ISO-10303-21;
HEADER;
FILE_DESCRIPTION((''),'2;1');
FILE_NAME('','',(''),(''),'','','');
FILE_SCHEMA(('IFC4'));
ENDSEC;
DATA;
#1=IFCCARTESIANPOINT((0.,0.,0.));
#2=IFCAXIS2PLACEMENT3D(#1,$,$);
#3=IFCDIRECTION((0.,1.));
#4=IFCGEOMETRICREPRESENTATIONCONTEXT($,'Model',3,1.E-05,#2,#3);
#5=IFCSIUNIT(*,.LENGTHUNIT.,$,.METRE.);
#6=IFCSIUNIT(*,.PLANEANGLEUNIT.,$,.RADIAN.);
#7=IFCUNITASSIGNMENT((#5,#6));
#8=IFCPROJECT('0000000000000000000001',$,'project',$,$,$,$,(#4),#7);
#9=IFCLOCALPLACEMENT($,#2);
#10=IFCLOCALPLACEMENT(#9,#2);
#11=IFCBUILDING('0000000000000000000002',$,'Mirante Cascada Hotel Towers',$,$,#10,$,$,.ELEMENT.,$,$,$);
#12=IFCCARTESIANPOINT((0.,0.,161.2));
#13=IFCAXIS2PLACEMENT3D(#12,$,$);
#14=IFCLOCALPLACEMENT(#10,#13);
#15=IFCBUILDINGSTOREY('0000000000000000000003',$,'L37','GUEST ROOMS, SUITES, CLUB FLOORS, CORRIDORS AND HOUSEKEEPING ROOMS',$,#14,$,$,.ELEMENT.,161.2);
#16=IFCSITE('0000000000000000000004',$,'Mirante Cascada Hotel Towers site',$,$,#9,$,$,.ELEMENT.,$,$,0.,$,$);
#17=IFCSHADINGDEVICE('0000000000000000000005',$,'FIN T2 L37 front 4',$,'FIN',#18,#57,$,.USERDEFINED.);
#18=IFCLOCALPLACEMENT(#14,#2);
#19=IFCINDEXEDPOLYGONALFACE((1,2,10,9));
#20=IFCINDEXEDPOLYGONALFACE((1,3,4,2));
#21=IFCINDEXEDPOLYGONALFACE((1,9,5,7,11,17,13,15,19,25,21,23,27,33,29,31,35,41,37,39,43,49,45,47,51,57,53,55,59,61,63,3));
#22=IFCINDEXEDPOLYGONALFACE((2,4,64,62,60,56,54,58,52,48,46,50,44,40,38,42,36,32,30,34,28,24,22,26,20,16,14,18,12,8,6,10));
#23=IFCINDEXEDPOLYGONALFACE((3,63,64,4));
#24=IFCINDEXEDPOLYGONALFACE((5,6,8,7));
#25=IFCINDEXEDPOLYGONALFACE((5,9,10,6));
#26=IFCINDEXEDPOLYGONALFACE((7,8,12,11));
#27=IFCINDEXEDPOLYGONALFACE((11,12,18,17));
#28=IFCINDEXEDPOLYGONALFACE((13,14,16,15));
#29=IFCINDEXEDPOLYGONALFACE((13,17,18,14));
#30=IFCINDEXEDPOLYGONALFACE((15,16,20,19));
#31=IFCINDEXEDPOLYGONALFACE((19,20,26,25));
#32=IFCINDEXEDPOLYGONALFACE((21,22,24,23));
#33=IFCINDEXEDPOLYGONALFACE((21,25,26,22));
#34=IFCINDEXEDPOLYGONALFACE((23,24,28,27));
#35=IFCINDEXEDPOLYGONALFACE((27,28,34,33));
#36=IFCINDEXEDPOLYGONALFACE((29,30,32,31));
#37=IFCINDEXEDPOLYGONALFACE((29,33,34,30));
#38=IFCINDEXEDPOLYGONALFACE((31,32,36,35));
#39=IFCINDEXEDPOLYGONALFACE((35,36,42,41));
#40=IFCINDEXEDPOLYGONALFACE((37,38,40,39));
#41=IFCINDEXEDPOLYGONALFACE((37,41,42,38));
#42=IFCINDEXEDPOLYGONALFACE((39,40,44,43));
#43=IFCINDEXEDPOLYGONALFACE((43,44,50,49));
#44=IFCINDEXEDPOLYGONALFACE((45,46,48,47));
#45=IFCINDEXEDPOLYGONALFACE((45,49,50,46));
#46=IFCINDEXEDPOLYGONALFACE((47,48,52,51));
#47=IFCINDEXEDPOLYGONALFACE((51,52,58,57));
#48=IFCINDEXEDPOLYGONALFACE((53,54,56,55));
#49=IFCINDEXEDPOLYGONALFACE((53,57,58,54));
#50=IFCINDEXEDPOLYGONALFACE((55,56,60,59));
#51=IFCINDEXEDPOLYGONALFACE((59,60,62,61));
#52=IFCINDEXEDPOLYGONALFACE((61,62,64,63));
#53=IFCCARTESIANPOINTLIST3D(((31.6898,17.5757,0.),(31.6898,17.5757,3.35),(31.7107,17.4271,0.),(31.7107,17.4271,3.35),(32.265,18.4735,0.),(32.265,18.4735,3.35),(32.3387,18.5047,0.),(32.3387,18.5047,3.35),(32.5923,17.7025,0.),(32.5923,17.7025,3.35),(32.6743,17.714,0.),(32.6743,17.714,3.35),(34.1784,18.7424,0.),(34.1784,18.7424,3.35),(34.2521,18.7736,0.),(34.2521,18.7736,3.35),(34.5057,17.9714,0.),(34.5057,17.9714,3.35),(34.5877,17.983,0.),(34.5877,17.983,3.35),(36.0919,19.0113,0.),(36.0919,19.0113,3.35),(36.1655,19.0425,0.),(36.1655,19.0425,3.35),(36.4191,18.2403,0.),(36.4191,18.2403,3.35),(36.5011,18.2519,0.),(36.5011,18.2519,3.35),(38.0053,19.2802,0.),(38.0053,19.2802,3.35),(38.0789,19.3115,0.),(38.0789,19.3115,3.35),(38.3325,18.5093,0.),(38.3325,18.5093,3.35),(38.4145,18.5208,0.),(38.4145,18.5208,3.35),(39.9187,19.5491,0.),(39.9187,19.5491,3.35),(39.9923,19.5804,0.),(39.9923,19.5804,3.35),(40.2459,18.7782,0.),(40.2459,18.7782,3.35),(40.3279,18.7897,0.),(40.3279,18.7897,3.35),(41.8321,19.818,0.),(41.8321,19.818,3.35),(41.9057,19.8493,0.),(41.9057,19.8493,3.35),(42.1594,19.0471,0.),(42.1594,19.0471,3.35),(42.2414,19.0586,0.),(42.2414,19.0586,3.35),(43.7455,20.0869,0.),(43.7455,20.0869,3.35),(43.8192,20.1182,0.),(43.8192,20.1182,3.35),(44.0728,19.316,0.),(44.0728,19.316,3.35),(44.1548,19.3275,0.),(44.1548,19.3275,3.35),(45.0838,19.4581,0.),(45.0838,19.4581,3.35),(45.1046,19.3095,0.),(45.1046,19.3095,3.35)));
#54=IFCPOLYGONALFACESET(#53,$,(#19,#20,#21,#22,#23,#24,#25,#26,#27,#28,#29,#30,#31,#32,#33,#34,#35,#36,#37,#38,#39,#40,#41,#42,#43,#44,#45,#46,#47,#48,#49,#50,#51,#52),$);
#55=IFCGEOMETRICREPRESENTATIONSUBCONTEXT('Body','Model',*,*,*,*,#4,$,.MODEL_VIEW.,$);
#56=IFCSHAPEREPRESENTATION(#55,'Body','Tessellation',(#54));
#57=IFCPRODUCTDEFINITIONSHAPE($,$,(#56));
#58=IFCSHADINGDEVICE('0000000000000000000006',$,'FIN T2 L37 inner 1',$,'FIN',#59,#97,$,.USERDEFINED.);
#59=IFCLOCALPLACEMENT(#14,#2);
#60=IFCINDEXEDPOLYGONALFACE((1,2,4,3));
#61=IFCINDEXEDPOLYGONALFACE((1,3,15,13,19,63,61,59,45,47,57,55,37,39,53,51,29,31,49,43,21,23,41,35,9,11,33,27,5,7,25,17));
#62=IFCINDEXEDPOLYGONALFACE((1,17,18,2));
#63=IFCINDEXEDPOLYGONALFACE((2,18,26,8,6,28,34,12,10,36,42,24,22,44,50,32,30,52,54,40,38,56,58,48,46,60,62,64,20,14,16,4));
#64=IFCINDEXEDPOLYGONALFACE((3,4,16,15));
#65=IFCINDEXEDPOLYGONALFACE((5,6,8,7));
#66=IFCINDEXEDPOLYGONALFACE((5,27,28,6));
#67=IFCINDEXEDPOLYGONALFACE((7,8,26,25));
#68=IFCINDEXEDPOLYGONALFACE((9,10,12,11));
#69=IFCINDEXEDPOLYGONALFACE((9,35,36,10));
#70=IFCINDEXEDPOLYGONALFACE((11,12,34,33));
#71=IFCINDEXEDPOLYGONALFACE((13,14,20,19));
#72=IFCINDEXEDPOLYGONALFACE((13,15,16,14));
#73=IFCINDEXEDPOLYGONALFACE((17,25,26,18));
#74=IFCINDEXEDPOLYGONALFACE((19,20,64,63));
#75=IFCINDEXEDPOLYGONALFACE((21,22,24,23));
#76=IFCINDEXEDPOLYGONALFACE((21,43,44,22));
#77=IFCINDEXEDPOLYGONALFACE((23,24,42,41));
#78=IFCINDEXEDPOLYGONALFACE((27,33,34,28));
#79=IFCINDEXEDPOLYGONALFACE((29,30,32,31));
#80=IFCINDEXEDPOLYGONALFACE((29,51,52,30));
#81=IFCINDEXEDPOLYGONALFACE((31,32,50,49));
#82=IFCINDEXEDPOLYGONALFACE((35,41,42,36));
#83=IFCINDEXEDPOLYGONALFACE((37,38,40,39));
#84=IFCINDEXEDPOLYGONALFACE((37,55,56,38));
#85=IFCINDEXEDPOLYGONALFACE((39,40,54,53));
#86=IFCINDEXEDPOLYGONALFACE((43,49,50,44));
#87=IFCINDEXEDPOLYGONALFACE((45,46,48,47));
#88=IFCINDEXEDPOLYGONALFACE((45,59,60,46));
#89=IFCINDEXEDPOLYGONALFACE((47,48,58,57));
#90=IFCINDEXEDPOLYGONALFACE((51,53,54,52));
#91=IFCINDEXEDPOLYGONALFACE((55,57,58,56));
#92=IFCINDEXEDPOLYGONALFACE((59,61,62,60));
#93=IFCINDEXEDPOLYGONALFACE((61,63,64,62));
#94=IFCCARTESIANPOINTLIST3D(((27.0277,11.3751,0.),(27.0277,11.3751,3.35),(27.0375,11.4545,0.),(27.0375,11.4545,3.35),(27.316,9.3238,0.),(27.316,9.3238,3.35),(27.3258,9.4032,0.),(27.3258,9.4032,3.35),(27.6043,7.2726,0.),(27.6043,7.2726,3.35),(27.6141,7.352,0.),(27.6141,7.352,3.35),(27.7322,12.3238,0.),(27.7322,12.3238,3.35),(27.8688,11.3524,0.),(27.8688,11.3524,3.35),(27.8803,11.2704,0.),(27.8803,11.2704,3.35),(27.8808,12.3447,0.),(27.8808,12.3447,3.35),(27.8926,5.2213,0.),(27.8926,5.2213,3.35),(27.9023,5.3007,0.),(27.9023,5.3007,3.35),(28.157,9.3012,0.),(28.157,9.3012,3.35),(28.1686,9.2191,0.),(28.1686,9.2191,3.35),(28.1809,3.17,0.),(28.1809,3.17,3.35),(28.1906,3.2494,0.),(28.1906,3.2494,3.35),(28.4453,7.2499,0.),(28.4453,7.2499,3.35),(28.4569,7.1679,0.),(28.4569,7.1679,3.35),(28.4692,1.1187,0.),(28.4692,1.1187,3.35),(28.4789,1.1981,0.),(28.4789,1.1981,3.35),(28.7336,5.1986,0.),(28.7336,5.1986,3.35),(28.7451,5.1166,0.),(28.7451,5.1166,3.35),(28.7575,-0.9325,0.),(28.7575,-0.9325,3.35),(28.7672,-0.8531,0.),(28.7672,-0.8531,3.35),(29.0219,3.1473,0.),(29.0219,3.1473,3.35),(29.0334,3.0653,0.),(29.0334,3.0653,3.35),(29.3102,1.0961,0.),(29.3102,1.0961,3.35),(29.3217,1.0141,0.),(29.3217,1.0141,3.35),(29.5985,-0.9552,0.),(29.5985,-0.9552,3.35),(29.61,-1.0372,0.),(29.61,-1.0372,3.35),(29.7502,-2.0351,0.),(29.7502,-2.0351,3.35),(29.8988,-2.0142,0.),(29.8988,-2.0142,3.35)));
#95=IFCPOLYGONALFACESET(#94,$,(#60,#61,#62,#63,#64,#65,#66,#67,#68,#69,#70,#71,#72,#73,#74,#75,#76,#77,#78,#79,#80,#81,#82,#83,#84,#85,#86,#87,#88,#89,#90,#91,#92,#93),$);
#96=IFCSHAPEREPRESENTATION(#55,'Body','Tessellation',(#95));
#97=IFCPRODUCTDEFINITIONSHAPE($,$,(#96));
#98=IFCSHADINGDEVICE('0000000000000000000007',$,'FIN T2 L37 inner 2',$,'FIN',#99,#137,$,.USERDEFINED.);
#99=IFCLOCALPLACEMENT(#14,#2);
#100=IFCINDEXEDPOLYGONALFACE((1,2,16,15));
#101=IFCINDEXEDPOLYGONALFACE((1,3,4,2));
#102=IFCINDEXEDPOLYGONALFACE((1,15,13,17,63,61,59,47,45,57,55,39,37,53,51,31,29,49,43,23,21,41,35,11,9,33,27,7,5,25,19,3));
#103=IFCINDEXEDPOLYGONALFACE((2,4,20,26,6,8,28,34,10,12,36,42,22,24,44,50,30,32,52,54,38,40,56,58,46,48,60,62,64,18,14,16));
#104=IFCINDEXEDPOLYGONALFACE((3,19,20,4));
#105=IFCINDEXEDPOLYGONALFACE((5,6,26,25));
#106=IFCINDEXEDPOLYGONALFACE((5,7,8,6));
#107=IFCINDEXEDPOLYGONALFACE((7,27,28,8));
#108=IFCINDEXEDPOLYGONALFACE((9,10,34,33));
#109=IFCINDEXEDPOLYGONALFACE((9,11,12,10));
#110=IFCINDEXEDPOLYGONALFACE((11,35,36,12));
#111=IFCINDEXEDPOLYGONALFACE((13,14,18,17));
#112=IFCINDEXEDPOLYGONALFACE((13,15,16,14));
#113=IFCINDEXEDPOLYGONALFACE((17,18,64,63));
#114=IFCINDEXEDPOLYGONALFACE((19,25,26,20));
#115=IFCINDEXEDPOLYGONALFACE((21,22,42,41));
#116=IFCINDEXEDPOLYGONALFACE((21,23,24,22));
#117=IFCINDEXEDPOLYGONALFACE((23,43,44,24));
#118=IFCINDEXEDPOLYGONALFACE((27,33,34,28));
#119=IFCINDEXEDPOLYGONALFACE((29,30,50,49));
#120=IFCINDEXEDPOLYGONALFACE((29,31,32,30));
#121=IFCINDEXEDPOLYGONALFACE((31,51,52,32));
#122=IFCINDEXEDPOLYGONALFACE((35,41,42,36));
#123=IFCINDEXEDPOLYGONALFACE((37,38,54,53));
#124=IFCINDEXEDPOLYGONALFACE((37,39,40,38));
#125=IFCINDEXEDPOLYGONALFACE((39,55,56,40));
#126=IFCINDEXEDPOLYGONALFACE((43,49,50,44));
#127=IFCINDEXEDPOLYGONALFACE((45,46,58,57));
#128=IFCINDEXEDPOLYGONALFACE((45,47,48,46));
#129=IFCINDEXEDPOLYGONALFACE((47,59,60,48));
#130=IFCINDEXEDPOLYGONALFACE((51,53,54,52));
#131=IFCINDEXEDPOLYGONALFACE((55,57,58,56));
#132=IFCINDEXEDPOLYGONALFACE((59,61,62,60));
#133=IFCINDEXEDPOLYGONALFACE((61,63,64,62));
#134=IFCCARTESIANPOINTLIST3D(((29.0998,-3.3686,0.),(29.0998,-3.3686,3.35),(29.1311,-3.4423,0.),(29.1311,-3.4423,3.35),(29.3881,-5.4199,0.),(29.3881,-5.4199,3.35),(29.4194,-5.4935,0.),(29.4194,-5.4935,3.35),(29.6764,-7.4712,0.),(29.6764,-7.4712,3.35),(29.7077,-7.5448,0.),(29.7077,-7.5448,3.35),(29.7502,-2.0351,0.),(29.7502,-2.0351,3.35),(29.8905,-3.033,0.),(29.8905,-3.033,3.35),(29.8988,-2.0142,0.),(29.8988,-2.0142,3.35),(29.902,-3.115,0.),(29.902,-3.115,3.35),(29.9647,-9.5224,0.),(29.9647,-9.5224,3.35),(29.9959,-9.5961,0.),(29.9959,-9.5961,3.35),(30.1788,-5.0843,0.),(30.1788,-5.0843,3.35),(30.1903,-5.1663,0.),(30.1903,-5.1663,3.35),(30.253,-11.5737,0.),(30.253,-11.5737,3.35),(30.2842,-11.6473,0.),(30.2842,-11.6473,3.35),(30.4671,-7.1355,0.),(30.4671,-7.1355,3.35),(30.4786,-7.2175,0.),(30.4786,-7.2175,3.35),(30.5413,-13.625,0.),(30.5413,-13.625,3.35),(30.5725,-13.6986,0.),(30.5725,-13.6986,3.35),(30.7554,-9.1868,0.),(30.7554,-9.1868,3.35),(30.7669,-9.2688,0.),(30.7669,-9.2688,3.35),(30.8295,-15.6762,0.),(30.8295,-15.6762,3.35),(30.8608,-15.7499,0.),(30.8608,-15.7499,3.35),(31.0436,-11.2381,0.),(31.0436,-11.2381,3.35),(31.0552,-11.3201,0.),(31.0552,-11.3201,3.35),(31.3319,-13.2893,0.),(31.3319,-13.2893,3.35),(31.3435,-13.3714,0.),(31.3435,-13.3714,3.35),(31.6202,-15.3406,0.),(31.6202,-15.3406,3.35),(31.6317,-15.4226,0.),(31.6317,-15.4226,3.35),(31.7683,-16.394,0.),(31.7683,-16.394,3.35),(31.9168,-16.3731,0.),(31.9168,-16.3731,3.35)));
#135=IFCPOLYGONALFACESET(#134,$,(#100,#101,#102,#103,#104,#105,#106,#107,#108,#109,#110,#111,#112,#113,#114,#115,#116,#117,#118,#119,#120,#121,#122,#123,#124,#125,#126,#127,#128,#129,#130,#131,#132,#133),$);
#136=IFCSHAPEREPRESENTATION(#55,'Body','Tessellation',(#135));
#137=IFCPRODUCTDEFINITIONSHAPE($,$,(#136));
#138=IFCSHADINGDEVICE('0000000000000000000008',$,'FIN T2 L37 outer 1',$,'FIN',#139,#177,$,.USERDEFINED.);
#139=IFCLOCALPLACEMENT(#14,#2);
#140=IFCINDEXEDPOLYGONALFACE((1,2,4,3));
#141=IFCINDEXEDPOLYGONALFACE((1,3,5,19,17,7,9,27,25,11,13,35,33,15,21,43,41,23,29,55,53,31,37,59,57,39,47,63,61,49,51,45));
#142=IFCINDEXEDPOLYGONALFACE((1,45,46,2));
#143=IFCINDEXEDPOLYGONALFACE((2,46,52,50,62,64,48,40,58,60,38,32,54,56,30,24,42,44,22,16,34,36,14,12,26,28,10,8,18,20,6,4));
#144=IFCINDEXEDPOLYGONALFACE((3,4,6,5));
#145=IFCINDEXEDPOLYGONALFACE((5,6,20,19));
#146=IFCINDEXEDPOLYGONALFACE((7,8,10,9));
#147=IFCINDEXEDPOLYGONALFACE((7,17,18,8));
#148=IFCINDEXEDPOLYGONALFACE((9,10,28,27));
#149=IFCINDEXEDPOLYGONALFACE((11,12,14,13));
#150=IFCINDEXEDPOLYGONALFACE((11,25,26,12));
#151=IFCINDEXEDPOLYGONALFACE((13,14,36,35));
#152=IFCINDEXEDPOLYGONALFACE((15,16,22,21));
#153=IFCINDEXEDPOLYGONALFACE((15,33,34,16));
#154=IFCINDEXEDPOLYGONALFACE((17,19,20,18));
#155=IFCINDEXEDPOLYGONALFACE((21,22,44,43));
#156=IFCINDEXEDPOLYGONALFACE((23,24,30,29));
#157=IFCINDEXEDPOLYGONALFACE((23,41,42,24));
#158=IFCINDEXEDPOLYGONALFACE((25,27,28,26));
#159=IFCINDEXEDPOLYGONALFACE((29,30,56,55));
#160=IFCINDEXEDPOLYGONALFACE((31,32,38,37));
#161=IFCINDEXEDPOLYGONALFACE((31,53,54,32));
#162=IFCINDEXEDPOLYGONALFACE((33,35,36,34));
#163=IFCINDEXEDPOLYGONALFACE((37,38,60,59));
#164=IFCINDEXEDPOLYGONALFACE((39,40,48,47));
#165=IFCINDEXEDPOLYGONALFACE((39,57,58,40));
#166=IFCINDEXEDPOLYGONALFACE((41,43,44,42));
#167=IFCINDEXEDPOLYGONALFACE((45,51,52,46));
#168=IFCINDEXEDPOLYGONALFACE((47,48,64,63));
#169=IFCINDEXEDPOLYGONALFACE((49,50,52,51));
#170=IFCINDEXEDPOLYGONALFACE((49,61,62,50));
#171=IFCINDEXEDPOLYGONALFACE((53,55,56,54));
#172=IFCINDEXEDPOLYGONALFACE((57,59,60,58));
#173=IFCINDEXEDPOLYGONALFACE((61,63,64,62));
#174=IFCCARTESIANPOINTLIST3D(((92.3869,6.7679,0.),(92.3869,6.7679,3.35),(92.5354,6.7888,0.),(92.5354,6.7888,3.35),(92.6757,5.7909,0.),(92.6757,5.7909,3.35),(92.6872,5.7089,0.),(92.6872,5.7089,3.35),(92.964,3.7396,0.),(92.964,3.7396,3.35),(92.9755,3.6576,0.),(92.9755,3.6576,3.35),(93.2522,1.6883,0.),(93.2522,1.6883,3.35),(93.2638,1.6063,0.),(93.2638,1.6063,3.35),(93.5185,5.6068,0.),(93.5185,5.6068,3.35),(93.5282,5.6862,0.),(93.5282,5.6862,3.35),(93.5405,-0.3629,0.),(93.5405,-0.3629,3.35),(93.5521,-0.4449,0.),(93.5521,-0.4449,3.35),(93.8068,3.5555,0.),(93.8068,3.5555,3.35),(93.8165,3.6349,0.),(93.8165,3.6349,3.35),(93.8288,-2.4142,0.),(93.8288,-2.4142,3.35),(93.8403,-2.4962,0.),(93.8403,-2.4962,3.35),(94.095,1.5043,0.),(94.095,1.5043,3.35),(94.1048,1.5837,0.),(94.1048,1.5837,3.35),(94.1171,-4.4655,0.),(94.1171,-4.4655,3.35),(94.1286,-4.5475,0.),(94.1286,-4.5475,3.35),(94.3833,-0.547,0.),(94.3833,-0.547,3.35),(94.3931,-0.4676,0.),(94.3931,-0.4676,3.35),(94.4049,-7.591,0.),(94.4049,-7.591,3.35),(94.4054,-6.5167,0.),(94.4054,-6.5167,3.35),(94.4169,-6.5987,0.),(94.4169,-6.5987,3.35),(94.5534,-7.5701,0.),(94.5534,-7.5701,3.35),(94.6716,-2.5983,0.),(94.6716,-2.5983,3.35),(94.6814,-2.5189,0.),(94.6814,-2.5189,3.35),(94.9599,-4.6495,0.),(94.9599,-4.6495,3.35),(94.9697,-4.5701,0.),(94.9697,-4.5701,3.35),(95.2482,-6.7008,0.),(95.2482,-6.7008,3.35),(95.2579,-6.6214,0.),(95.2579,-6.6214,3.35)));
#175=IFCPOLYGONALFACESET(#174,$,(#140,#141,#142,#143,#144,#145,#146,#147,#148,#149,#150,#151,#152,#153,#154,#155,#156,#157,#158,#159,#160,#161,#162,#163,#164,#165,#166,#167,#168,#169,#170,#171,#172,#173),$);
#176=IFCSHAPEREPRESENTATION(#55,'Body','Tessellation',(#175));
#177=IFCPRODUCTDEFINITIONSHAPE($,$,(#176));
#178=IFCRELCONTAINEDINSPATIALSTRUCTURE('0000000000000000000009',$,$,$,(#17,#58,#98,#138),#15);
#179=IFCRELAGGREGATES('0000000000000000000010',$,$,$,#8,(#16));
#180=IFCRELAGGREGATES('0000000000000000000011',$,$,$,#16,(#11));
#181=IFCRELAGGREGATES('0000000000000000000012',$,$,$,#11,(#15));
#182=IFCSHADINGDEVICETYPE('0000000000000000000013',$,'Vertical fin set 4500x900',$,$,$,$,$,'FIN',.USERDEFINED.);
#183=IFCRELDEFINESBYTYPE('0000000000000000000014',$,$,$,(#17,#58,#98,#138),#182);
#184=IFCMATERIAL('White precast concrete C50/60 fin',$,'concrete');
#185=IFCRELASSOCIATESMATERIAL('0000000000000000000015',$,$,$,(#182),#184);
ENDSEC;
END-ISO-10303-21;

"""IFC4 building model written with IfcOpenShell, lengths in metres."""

from ifc_helpers import new_model, si_unit, direction, frame, origin, place, context, subcontext, project, spatial, polyline, outline, extrude, material, type_object, element, save


model = new_model("IFC4")

# Units and contexts
model_context = context("Model", 3, precision=1e-05, world=origin(), true_north=direction((0.0, 1.0)))
body_context = subcontext(model_context, "Body", "Model", "MODEL_VIEW")
ifc_project = project(units=[si_unit("LENGTHUNIT", "METRE"), si_unit("PLANEANGLEUNIT", "RADIAN")], contexts=[model_context])

# Site, building, storey
site_placement = place(None, origin())
site = spatial("IfcSite", under=ifc_project, at=site_placement, Name="Mirante Cascada Hotel Towers site", CompositionType="ELEMENT", RefElevation=0.0)
building_placement = place(site_placement, origin())
building = spatial("IfcBuilding", under=site, at=building_placement, Name="Mirante Cascada Hotel Towers", CompositionType="ELEMENT")
storey_placement = place(building_placement, frame((0.0, 0.0, 161.2)))
storey = spatial("IfcBuildingStorey", under=building, at=storey_placement, Name="L37", Description="GUEST ROOMS, SUITES, CLUB FLOORS, CORRIDORS AND HOUSEKEEPING ROOMS", CompositionType="ELEMENT", Elevation=161.2)

# Shading devices
ifc_material_1 = material(Name="White precast concrete C50/60 fin", Category="concrete")
shading_device_type = type_object("IfcShadingDeviceType", Name="Vertical fin set 4500x900", ElementType="FIN", PredefinedType="USERDEFINED", material=ifc_material_1)
shading_device_1_placement = place(storey_placement, origin())
element("IfcShadingDevice", 1, at=shading_device_1_placement, inside=storey, type_object=shading_device_type, Name="FIN T2 L37 front 4", ObjectType="FIN", PredefinedType="USERDEFINED", context=body_context, shape_type="SweptSolid", body=[
    extrude(outline(polyline([(32.3387, 18.5047), (32.6743, 17.714), (34.5057, 17.9714), (34.1784, 18.7424), (34.2521, 18.7736), (34.5877, 17.983), (36.4191, 18.2403), (36.0919, 19.0113), (36.1655, 19.0425), (36.5011, 18.2519), (38.3325, 18.5093), (38.0053, 19.2802), (38.0789, 19.3115), (38.4145, 18.5208), (40.2459, 18.7782), (39.9187, 19.5491), (39.9923, 19.5804), (40.3279, 18.7897), (42.1594, 19.0471), (41.8321, 19.818), (41.9057, 19.8493), (42.2414, 19.0586), (44.0728, 19.316), (43.7455, 20.0869), (43.8192, 20.1182), (44.1548, 19.3275), (45.0838, 19.4581), (45.1046, 19.3095), (31.7107, 17.4271), (31.6898, 17.5757), (32.5923, 17.7025), (32.265, 18.4735), (32.3387, 18.5047)])), origin(), (0.0, 0.0, 1.0), 3.35),
])
shading_device_2_placement = place(storey_placement, origin())
element("IfcShadingDevice", 2, at=shading_device_2_placement, inside=storey, type_object=shading_device_type, Name="FIN T2 L37 inner 1", ObjectType="FIN", PredefinedType="USERDEFINED", context=body_context, shape_type="SweptSolid", body=[
    extrude(outline(polyline([(28.7672, -0.8531), (29.5985, -0.9552), (29.3217, 1.0141), (28.4692, 1.1187), (28.4789, 1.1981), (29.3102, 1.0961), (29.0334, 3.0653), (28.1809, 3.17), (28.1906, 3.2494), (29.0219, 3.1473), (28.7451, 5.1166), (27.8926, 5.2213), (27.9023, 5.3007), (28.7336, 5.1986), (28.4569, 7.1679), (27.6043, 7.2726), (27.6141, 7.352), (28.4453, 7.2499), (28.1686, 9.2191), (27.316, 9.3238), (27.3258, 9.4032), (28.157, 9.3012), (27.8803, 11.2704), (27.0277, 11.3751), (27.0375, 11.4545), (27.8688, 11.3524), (27.7322, 12.3238), (27.8808, 12.3447), (29.8988, -2.0142), (29.7502, -2.0351), (29.61, -1.0372), (28.7575, -0.9325), (28.7672, -0.8531)])), origin(), (0.0, 0.0, 1.0), 3.35),
])
shading_device_3_placement = place(storey_placement, origin())
element("IfcShadingDevice", 3, at=shading_device_3_placement, inside=storey, type_object=shading_device_type, Name="FIN T2 L37 inner 2", ObjectType="FIN", PredefinedType="USERDEFINED", context=body_context, shape_type="SweptSolid", body=[
    extrude(outline(polyline([(30.8295, -15.6762), (31.6202, -15.3406), (31.3435, -13.3714), (30.5725, -13.6986), (30.5413, -13.625), (31.3319, -13.2893), (31.0552, -11.3201), (30.2842, -11.6473), (30.253, -11.5737), (31.0436, -11.2381), (30.7669, -9.2688), (29.9959, -9.5961), (29.9647, -9.5224), (30.7554, -9.1868), (30.4786, -7.2175), (29.7077, -7.5448), (29.6764, -7.4712), (30.4671, -7.1355), (30.1903, -5.1663), (29.4194, -5.4935), (29.3881, -5.4199), (30.1788, -5.0843), (29.902, -3.115), (29.1311, -3.4423), (29.0998, -3.3686), (29.8905, -3.033), (29.7502, -2.0351), (29.8988, -2.0142), (31.9168, -16.3731), (31.7683, -16.394), (31.6317, -15.4226), (30.8608, -15.7499), (30.8295, -15.6762)])), origin(), (0.0, 0.0, 1.0), 3.35),
])
shading_device_4_placement = place(storey_placement, origin())
element("IfcShadingDevice", 4, at=shading_device_4_placement, inside=storey, type_object=shading_device_type, Name="FIN T2 L37 outer 1", ObjectType="FIN", PredefinedType="USERDEFINED", context=body_context, shape_type="SweptSolid", body=[
    extrude(outline(polyline([(95.2482, -6.7008), (94.4169, -6.5987), (94.5534, -7.5701), (94.4049, -7.591), (92.3869, 6.7679), (92.5354, 6.7888), (92.6757, 5.7909), (93.5282, 5.6862), (93.5185, 5.6068), (92.6872, 5.7089), (92.964, 3.7396), (93.8165, 3.6349), (93.8068, 3.5555), (92.9755, 3.6576), (93.2522, 1.6883), (94.1048, 1.5837), (94.095, 1.5043), (93.2638, 1.6063), (93.5405, -0.3629), (94.3931, -0.4676), (94.3833, -0.547), (93.5521, -0.4449), (93.8288, -2.4142), (94.6814, -2.5189), (94.6716, -2.5983), (93.8403, -2.4962), (94.1171, -4.4655), (94.9697, -4.5701), (94.9599, -4.6495), (94.1286, -4.5475), (94.4054, -6.5167), (95.2579, -6.6214), (95.2482, -6.7008)])), origin(), (0.0, 0.0, 1.0), 3.35),
])

save(model, "model.ifc")
